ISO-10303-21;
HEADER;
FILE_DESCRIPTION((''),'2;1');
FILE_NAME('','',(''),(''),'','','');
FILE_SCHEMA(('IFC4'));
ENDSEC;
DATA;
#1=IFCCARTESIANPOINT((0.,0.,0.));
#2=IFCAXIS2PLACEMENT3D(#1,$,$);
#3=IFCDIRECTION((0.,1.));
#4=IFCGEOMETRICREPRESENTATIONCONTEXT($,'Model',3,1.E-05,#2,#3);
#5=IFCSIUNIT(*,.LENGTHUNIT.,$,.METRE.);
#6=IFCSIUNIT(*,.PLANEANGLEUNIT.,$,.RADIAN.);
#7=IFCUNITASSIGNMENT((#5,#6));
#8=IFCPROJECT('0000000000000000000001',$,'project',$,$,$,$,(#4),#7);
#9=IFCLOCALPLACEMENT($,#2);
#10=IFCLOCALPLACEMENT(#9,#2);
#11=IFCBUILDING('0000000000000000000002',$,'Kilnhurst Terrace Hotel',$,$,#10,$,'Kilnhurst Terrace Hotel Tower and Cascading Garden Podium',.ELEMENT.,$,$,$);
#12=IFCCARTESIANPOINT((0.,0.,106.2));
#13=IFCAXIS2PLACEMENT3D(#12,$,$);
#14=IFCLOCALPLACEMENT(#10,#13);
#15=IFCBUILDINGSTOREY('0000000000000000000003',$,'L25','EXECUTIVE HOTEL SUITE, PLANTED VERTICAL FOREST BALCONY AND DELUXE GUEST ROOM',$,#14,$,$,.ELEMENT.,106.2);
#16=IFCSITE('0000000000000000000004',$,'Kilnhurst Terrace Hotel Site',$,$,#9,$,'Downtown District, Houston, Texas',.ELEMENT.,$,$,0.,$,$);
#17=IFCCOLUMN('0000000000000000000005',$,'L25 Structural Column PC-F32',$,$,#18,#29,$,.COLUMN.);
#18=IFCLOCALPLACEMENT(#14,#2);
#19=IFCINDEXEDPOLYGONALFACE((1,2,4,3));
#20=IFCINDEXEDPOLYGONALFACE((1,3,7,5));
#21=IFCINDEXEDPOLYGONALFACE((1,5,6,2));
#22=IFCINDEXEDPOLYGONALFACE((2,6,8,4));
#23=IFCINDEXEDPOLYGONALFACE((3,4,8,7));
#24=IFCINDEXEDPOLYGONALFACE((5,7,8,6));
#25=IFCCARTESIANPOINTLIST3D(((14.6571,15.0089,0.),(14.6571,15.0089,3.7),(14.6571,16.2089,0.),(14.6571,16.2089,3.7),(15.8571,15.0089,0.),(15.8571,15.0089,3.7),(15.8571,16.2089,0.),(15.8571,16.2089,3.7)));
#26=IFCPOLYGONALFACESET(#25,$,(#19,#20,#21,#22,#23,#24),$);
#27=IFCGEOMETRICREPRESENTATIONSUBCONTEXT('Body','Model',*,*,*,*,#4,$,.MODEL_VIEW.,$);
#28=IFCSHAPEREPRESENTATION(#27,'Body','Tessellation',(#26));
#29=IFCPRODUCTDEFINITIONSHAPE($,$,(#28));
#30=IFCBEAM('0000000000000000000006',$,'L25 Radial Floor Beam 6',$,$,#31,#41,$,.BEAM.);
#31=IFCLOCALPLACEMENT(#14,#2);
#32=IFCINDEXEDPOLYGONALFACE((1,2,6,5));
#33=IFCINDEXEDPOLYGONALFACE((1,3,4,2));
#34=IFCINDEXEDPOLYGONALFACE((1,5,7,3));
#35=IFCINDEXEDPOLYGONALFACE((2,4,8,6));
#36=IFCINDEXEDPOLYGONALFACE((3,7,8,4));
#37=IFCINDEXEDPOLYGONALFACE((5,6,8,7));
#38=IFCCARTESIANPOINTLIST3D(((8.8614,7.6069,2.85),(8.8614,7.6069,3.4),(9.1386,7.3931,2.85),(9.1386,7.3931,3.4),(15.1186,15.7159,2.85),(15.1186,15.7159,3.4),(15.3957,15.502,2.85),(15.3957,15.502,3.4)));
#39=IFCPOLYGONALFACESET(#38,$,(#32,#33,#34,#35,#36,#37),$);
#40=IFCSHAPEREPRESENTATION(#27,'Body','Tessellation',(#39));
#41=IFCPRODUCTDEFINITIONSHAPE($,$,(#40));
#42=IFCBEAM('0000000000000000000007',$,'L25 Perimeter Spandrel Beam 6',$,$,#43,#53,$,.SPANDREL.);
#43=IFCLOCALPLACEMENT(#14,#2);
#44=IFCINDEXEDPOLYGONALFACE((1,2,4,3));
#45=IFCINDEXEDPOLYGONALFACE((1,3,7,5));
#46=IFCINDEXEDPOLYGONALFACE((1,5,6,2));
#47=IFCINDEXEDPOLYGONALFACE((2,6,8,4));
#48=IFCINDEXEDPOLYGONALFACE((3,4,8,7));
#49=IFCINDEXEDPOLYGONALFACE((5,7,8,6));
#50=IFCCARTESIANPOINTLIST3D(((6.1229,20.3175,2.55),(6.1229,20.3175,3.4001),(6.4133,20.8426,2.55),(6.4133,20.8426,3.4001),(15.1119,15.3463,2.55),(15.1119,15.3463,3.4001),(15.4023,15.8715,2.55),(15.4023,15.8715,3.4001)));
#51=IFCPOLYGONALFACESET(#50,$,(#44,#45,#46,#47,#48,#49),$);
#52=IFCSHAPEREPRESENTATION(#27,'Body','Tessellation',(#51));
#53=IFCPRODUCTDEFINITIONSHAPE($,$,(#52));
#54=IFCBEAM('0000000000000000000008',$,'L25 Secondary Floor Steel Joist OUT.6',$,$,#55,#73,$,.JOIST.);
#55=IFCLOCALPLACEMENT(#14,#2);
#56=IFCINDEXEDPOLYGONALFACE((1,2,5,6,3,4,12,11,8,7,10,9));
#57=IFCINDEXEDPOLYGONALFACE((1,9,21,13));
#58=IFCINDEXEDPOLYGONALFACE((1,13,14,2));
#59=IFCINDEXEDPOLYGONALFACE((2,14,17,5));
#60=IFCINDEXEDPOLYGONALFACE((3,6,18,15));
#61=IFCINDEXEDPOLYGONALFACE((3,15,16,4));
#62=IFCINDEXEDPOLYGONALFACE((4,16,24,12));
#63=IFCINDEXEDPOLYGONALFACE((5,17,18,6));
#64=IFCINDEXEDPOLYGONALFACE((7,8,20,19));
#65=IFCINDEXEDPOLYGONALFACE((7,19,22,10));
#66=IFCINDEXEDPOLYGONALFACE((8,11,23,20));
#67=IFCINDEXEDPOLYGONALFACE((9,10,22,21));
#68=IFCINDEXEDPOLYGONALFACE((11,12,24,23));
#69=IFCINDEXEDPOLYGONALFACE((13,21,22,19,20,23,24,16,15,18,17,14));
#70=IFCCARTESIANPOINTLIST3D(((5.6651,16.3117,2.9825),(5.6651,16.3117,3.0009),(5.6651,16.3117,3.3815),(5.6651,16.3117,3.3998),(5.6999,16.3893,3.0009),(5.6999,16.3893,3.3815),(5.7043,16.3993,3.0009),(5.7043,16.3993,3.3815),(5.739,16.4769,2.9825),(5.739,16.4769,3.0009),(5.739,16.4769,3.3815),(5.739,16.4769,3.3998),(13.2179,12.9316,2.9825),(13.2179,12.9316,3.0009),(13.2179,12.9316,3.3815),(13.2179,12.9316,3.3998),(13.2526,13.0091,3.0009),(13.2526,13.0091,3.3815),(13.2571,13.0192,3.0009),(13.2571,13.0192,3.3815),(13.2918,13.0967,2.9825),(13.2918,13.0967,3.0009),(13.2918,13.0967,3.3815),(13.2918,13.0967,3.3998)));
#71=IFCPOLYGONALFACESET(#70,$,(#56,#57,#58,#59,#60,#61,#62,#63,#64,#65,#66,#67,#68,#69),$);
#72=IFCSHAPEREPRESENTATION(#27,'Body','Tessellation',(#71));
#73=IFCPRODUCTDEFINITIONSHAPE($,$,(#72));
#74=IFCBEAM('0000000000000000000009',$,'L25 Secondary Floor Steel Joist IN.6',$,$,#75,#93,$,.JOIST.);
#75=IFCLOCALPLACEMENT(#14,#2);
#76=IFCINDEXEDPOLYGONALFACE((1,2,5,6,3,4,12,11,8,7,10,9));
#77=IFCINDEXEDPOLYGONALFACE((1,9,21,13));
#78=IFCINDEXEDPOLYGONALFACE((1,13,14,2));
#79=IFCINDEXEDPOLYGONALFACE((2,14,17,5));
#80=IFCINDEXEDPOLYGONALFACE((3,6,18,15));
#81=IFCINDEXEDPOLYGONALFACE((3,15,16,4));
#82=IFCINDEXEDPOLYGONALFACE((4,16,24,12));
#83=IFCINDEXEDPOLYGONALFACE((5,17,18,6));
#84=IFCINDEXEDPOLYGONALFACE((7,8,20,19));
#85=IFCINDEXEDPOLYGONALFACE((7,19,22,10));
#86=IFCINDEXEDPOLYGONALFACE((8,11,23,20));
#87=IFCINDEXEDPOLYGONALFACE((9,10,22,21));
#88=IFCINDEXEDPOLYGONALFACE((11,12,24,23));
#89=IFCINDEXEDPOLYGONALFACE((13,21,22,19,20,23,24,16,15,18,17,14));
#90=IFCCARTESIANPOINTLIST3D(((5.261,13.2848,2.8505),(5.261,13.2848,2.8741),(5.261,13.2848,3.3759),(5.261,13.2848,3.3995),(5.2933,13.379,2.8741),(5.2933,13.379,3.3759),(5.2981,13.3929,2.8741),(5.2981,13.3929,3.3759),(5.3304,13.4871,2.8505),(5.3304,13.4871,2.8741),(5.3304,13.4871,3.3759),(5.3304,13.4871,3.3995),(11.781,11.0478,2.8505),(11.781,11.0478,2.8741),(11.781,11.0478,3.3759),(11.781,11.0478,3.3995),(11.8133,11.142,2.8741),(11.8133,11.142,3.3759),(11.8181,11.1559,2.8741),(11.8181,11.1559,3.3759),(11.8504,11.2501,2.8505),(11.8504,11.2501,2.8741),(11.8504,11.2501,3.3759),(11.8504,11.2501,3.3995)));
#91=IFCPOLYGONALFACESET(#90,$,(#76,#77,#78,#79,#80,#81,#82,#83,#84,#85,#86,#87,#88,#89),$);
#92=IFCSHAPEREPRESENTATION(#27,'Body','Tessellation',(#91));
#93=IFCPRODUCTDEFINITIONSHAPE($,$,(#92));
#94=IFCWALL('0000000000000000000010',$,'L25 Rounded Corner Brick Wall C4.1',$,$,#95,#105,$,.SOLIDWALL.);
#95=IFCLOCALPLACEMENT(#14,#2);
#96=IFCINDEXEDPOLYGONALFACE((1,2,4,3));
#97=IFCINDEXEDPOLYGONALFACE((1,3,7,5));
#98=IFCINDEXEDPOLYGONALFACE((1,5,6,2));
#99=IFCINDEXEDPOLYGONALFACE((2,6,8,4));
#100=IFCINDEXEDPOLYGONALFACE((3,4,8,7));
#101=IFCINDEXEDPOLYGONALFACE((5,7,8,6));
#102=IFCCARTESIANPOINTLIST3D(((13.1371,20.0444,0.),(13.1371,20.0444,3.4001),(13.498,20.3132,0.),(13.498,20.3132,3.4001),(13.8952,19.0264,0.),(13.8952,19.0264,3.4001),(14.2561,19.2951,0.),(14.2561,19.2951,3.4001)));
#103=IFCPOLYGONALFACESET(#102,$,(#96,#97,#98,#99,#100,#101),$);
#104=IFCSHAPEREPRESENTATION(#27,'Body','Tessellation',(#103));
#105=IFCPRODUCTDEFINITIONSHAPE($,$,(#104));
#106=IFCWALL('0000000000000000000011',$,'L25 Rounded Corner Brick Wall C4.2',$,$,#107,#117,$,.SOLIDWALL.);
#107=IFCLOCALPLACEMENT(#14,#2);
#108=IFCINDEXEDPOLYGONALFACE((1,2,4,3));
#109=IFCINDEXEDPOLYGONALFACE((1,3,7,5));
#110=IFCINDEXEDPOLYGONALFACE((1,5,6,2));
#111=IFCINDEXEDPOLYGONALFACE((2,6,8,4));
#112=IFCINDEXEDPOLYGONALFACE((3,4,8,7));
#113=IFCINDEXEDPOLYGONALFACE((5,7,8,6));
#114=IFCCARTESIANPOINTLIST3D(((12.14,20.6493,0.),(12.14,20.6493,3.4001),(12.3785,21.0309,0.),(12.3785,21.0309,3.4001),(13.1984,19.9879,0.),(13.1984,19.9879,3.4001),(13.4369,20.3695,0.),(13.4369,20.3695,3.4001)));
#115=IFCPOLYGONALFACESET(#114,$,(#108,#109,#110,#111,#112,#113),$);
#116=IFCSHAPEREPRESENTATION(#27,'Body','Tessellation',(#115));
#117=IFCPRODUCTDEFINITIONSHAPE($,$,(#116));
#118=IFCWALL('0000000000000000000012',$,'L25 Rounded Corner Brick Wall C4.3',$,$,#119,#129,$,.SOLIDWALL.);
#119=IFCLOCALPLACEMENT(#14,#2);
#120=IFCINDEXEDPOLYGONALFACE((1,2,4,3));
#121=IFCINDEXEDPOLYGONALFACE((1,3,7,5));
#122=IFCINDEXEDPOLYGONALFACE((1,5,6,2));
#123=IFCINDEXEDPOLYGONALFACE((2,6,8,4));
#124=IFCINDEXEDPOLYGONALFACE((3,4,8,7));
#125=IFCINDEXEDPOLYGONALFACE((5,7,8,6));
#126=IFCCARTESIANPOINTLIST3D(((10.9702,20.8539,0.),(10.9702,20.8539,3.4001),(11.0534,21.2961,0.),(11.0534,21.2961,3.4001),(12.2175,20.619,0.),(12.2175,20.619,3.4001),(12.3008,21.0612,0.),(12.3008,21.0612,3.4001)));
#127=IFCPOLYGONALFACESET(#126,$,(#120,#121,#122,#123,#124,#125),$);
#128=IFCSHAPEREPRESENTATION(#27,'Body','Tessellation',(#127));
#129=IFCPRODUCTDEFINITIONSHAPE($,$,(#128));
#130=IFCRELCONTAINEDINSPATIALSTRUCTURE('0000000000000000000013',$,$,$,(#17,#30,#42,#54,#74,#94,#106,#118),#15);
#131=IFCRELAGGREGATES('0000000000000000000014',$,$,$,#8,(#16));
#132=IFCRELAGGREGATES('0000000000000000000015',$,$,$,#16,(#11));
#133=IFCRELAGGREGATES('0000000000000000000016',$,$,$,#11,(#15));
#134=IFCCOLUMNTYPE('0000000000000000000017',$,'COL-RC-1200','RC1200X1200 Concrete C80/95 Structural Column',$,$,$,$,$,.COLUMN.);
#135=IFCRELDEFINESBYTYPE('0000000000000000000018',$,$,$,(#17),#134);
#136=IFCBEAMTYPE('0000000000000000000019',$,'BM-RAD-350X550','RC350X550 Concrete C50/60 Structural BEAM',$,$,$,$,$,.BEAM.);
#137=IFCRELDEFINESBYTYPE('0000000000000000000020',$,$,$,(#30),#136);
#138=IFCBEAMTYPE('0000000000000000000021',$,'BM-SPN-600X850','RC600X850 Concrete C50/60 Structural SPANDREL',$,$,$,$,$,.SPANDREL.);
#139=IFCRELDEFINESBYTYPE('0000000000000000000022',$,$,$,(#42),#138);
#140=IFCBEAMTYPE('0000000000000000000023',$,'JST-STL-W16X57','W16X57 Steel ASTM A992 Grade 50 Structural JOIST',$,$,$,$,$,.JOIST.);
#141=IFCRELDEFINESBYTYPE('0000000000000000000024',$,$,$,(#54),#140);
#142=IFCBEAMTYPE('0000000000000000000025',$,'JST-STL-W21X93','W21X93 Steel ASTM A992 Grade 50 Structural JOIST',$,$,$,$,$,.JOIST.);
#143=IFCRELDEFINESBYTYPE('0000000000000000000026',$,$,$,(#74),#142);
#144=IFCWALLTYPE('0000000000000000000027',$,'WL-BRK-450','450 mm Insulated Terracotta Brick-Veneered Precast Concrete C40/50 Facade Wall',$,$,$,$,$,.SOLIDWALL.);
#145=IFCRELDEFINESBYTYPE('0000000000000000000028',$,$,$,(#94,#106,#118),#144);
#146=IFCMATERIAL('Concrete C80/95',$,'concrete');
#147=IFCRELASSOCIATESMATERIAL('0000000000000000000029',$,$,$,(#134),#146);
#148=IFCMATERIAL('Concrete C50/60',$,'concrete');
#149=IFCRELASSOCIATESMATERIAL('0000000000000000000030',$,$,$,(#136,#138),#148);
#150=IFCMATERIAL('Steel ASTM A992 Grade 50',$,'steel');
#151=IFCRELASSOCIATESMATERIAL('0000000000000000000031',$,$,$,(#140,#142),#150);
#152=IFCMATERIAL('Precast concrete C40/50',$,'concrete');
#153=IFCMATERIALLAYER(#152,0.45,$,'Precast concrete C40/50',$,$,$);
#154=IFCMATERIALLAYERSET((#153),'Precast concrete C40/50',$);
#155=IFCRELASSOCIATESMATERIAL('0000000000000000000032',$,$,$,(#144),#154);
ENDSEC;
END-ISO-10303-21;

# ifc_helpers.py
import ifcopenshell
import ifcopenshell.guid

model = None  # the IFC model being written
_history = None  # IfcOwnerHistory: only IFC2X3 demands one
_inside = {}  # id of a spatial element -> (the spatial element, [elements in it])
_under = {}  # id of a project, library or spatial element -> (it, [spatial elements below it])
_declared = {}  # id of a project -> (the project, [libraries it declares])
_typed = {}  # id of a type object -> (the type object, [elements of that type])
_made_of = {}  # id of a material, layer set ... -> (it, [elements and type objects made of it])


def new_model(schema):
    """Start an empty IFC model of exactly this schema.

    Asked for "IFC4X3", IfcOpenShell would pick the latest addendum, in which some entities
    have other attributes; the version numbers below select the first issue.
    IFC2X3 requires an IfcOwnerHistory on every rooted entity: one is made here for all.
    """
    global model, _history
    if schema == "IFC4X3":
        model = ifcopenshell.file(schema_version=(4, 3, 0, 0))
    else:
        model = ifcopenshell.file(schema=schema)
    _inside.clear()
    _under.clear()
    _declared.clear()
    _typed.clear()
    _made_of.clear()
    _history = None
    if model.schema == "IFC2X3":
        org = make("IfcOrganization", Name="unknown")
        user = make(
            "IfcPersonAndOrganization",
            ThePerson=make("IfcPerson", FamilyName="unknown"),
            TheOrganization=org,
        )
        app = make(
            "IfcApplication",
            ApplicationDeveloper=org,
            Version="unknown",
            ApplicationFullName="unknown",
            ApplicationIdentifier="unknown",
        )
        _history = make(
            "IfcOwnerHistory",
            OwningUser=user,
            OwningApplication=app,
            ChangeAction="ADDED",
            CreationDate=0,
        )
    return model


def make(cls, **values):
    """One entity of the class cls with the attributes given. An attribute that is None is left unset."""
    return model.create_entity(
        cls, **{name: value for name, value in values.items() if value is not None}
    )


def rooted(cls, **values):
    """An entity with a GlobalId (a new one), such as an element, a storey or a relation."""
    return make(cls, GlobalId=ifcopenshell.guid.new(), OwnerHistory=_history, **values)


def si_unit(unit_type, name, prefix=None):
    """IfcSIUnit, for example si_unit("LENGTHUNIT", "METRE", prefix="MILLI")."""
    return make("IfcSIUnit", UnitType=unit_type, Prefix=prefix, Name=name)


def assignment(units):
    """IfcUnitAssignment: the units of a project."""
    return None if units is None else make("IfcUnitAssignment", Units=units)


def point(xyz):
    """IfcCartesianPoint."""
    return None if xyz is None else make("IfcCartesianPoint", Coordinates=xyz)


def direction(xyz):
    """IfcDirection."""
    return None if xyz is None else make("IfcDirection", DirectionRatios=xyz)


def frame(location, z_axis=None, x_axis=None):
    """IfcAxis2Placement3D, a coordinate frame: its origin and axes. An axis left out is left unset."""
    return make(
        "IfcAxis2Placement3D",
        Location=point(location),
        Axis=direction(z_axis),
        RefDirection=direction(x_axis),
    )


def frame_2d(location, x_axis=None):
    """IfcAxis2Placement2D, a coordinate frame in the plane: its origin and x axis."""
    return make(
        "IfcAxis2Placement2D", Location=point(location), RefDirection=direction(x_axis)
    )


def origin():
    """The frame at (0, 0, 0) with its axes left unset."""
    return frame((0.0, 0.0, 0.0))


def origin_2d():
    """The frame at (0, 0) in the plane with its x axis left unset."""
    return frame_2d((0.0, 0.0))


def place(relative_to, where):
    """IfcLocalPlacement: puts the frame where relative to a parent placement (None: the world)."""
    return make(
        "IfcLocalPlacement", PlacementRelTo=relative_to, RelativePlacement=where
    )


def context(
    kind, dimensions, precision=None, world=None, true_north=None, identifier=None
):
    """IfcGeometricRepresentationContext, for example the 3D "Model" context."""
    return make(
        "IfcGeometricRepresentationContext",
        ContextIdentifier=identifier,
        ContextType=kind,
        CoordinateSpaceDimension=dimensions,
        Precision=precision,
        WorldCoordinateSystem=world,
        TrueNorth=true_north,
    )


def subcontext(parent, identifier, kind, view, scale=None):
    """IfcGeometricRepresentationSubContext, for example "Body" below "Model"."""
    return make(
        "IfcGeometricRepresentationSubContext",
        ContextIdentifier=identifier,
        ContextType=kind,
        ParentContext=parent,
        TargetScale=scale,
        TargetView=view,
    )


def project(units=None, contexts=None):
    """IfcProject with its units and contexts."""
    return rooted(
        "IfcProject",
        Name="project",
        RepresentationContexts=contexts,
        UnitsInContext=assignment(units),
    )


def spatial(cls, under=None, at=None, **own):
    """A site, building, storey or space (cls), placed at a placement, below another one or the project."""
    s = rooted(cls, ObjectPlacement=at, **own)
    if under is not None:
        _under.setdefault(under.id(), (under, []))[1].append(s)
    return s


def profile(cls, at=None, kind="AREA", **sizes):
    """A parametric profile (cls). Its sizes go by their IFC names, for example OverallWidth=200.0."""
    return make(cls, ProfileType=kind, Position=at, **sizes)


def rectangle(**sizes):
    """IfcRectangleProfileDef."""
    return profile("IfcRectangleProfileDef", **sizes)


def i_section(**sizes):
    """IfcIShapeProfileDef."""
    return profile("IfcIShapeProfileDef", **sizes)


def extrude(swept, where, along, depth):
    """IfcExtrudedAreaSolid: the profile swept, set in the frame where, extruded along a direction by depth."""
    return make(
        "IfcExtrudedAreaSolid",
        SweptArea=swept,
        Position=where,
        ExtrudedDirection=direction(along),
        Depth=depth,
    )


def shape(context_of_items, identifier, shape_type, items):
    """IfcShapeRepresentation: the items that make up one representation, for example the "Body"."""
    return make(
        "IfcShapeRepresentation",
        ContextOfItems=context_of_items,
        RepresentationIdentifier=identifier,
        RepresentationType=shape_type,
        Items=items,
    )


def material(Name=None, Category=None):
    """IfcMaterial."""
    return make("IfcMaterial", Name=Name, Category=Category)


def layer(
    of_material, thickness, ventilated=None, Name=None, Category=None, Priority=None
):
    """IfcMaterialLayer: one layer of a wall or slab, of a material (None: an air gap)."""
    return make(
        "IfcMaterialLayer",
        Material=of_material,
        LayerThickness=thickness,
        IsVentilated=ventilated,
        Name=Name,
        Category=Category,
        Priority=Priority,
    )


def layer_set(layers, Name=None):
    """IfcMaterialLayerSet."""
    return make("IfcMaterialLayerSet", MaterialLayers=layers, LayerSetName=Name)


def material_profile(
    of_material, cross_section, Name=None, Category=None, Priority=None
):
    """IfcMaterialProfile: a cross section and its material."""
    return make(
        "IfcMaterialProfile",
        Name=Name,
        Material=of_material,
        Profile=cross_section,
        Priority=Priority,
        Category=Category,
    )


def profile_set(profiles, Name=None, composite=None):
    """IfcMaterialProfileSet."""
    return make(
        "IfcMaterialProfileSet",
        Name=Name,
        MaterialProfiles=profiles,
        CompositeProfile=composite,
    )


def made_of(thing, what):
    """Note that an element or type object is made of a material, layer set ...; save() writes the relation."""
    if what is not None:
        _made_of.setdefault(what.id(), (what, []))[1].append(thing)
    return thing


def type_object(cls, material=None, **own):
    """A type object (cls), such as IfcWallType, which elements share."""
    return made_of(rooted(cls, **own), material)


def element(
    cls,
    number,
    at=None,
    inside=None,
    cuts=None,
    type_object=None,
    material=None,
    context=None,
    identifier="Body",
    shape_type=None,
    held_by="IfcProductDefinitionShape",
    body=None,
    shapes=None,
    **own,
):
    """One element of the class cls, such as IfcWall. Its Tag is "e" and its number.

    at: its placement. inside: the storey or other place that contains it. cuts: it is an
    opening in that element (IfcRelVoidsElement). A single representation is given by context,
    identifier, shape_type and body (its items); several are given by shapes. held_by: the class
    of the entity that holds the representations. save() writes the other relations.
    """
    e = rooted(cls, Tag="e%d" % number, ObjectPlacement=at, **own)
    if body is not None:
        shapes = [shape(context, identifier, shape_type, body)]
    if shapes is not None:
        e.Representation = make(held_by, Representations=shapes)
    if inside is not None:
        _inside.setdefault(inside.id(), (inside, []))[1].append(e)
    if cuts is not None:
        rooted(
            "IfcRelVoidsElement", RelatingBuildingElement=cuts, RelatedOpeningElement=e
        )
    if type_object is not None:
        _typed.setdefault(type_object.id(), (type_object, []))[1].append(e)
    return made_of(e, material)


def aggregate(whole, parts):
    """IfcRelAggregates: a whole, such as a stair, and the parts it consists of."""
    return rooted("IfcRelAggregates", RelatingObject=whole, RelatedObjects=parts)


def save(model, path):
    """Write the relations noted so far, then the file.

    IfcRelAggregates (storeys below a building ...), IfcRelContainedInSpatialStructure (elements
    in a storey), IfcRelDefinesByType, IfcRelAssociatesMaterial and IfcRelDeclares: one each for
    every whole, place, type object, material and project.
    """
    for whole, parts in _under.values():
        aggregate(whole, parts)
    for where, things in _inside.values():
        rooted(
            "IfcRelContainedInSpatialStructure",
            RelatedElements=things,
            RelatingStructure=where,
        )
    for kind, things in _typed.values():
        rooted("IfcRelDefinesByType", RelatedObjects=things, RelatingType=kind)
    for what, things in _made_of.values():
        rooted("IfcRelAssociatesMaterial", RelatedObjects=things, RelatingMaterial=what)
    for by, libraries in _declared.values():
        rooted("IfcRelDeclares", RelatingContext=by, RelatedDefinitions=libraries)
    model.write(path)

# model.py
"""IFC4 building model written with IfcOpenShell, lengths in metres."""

from ifc_helpers import new_model, si_unit, direction, frame, frame_2d, origin, origin_2d, place, context, subcontext, project, spatial, rectangle, i_section, extrude, material, layer, layer_set, material_profile, profile_set, type_object, element, save


model = new_model("IFC4")

# Units and contexts
model_context = context("Model", 3, precision=1e-05, world=origin(), true_north=direction((0.0, 1.0)))
body_context = subcontext(model_context, "Body", "Model", "MODEL_VIEW")
ifc_project = project(units=[si_unit("LENGTHUNIT", "METRE"), si_unit("PLANEANGLEUNIT", "RADIAN")], contexts=[model_context])

# Site, building, storey
site_placement = place(None, origin())
site = spatial("IfcSite", under=ifc_project, at=site_placement, Name="Kilnhurst Terrace Hotel Site", LongName="Downtown District, Houston, Texas", CompositionType="ELEMENT", RefElevation=0.0)
building_placement = place(site_placement, origin())
building = spatial("IfcBuilding", under=site, at=building_placement, Name="Kilnhurst Terrace Hotel", LongName="Kilnhurst Terrace Hotel Tower and Cascading Garden Podium", CompositionType="ELEMENT")
storey_placement = place(building_placement, frame((0.0, 0.0, 106.2)))
storey = spatial("IfcBuildingStorey", under=building, at=storey_placement, Name="L25", Description="EXECUTIVE HOTEL SUITE, PLANTED VERTICAL FOREST BALCONY AND DELUXE GUEST ROOM", CompositionType="ELEMENT", Elevation=106.2)

# Column
ifc_material_1 = material(Name="Concrete C80/95", Category="concrete")
ifc_material_profile_1 = material_profile(ifc_material_1, rectangle(XDim=1.2, YDim=1.2, at=origin_2d()), Name="RC1200X1200")
ifc_profile_set_1 = profile_set([ifc_material_profile_1], Name="Concrete C80/95")
column_type = type_object("IfcColumnType", Name="COL-RC-1200", Description="RC1200X1200 Concrete C80/95 Structural Column", PredefinedType="COLUMN", material=ifc_profile_set_1)
column_placement = place(storey_placement, frame((15.2571, 15.6089, 0.0), z_axis=(0.0, 0.0, 1.0), x_axis=(1.0, 0.0, 0.0)))
element("IfcColumn", 1, at=column_placement, inside=storey, type_object=column_type, Name="L25 Structural Column PC-F32", PredefinedType="COLUMN", context=body_context, shape_type="SweptSolid", body=[
    extrude(rectangle(XDim=1.2, YDim=1.2, at=origin_2d()), origin(), (0.0, 0.0, 1.0), 3.7),
])

# Beams
ifc_material_2 = material(Name="Concrete C50/60", Category="concrete")
ifc_material_profile_2 = material_profile(ifc_material_2, rectangle(XDim=0.3501, YDim=0.55, at=origin_2d()), Name="RC350X550")
ifc_profile_set_2 = profile_set([ifc_material_profile_2], Name="Concrete C50/60")
beam_type_1 = type_object("IfcBeamType", Name="BM-RAD-350X550", Description="RC350X550 Concrete C50/60 Structural BEAM", PredefinedType="BEAM", material=ifc_profile_set_2)
beam_1_placement = place(storey_placement, frame((9.0, 7.5, 3.125), z_axis=(0.610905, 0.791704, 0.0), x_axis=(-0.791704, 0.610905, 0.0)))
element("IfcBeam", 2, at=beam_1_placement, inside=storey, type_object=beam_type_1, Name="L25 Radial Floor Beam 6", PredefinedType="BEAM", context=body_context, shape_type="SweptSolid", body=[
    extrude(rectangle(XDim=0.3501, YDim=0.55, at=origin_2d()), origin(), (0.0, 0.0, 1.0), 10.2424),
])
ifc_material_profile_3 = material_profile(ifc_material_2, rectangle(XDim=0.6001, YDim=0.8501, at=origin_2d()), Name="RC600X850")
ifc_profile_set_3 = profile_set([ifc_material_profile_3], Name="Concrete C50/60")
beam_type_2 = type_object("IfcBeamType", Name="BM-SPN-600X850", Description="RC600X850 Concrete C50/60 Structural SPANDREL", PredefinedType="SPANDREL", material=ifc_profile_set_3)
beam_2_placement = place(storey_placement, frame((15.2571, 15.6089, 2.9751), z_axis=(-0.875094, 0.483953, 0.0), x_axis=(-0.483953, -0.875094, 0.0)))
element("IfcBeam", 3, at=beam_2_placement, inside=storey, type_object=beam_type_2, Name="L25 Perimeter Spandrel Beam 6", PredefinedType="SPANDREL", context=body_context, shape_type="SweptSolid", body=[
    extrude(rectangle(XDim=0.6001, YDim=0.8501, at=origin_2d()), origin(), (0.0, 0.0, 1.0), 10.272),
])
ifc_material_3 = material(Name="Steel ASTM A992 Grade 50", Category="steel")
ifc_material_profile_4 = material_profile(ifc_material_3, i_section(OverallWidth=0.1809, OverallDepth=0.4172, WebThickness=0.011, FlangeThickness=0.0183, at=origin_2d()), Name="W16X57")
ifc_profile_set_4 = profile_set([ifc_material_profile_4], Name="Steel ASTM A992 Grade 50")
beam_type_3 = type_object("IfcBeamType", Name="JST-STL-W16X57", Description="W16X57 Steel ASTM A992 Grade 50 Structural JOIST", PredefinedType="JOIST", material=ifc_profile_set_4)
beam_3_placement = place(storey_placement, frame((13.2549, 13.0142, 3.1912), z_axis=(-0.912761, 0.408494, 0.0), x_axis=(-0.408494, -0.912761, 0.0)))
element("IfcBeam", 4, at=beam_3_placement, inside=storey, type_object=beam_type_3, Name="L25 Secondary Floor Steel Joist OUT.6", PredefinedType="JOIST", context=body_context, shape_type="SweptSolid", body=[
    extrude(i_section(OverallWidth=0.1809, OverallDepth=0.4172, WebThickness=0.011, FlangeThickness=0.0183, at=origin_2d()), origin(), (0.0, 0.0, 1.0), 8.2747),
])
ifc_material_profile_5 = material_profile(ifc_material_3, i_section(OverallWidth=0.2139, OverallDepth=0.5491, WebThickness=0.0146, FlangeThickness=0.0237, at=origin_2d()), Name="W21X93")
ifc_profile_set_5 = profile_set([ifc_material_profile_5], Name="Steel ASTM A992 Grade 50")
beam_type_4 = type_object("IfcBeamType", Name="JST-STL-W21X93", Description="W21X93 Steel ASTM A992 Grade 50 Structural JOIST", PredefinedType="JOIST", material=ifc_profile_set_5)
beam_4_placement = place(storey_placement, frame((11.8157, 11.1489, 3.125), z_axis=(-0.945874, 0.324535, 0.0), x_axis=(-0.324535, -0.945874, 0.0)))
element("IfcBeam", 5, at=beam_4_placement, inside=storey, type_object=beam_type_4, Name="L25 Secondary Floor Steel Joist IN.6", PredefinedType="JOIST", context=body_context, shape_type="SweptSolid", body=[
    extrude(i_section(OverallWidth=0.2139, OverallDepth=0.5491, WebThickness=0.0146, FlangeThickness=0.0237, at=origin_2d()), origin(), (0.0, 0.0, 1.0), 6.8931),
])

# Walls
ifc_material_4 = material(Name="Precast concrete C40/50", Category="concrete")
ifc_layer_1 = layer(ifc_material_4, 0.45, Name="Precast concrete C40/50")
ifc_layer_set_1 = layer_set([ifc_layer_1], Name="Precast concrete C40/50")
wall_type_1 = type_object("IfcWallType", Name="WL-BRK-450", Description="450 mm Insulated Terracotta Brick-Veneered Precast Concrete C40/50 Facade Wall", PredefinedType="SOLIDWALL", material=ifc_layer_set_1)
wall_1_placement = place(storey_placement, frame((14.0757, 19.1606, 0.0), z_axis=(0.0, 0.0, 1.0), x_axis=(-0.597227, 0.802073, 0.0)))
element("IfcWall", 6, at=wall_1_placement, inside=storey, type_object=wall_type_1, Name="L25 Rounded Corner Brick Wall C4.1", PredefinedType="SOLIDWALL", context=body_context, shape_type="SweptSolid", body=[
    extrude(rectangle(XDim=1.2693, YDim=0.45, at=frame_2d((0.6348, 0.0))), origin(), (0.0, 0.0, 1.0), 3.4001),
])
wall_2_placement = place(storey_placement, frame((13.3176, 20.1787, 0.0), z_axis=(0.0, 0.0, 1.0), x_axis=(-0.848031, 0.529946, 0.0)))
element("IfcWall", 7, at=wall_2_placement, inside=storey, type_object=wall_type_1, Name="L25 Rounded Corner Brick Wall C4.2", PredefinedType="SOLIDWALL", context=body_context, shape_type="SweptSolid", body=[
    extrude(rectangle(XDim=1.248, YDim=0.45, at=frame_2d((0.624, 0.0))), origin(), (0.0, 0.0, 1.0), 3.4001),
])
wall_3_placement = place(storey_placement, frame((12.2593, 20.8401, 0.0), z_axis=(0.0, 0.0, 1.0), x_axis=(-0.98273, 0.185043, 0.0)))
element("IfcWall", 8, at=wall_3_placement, inside=storey, type_object=wall_type_1, Name="L25 Rounded Corner Brick Wall C4.3", PredefinedType="SOLIDWALL", context=body_context, shape_type="SweptSolid", body=[
    extrude(rectangle(XDim=1.2693, YDim=0.45, at=frame_2d((0.6348, 0.0))), origin(), (0.0, 0.0, 1.0), 3.4001),
])

save(model, "model.ifc")
